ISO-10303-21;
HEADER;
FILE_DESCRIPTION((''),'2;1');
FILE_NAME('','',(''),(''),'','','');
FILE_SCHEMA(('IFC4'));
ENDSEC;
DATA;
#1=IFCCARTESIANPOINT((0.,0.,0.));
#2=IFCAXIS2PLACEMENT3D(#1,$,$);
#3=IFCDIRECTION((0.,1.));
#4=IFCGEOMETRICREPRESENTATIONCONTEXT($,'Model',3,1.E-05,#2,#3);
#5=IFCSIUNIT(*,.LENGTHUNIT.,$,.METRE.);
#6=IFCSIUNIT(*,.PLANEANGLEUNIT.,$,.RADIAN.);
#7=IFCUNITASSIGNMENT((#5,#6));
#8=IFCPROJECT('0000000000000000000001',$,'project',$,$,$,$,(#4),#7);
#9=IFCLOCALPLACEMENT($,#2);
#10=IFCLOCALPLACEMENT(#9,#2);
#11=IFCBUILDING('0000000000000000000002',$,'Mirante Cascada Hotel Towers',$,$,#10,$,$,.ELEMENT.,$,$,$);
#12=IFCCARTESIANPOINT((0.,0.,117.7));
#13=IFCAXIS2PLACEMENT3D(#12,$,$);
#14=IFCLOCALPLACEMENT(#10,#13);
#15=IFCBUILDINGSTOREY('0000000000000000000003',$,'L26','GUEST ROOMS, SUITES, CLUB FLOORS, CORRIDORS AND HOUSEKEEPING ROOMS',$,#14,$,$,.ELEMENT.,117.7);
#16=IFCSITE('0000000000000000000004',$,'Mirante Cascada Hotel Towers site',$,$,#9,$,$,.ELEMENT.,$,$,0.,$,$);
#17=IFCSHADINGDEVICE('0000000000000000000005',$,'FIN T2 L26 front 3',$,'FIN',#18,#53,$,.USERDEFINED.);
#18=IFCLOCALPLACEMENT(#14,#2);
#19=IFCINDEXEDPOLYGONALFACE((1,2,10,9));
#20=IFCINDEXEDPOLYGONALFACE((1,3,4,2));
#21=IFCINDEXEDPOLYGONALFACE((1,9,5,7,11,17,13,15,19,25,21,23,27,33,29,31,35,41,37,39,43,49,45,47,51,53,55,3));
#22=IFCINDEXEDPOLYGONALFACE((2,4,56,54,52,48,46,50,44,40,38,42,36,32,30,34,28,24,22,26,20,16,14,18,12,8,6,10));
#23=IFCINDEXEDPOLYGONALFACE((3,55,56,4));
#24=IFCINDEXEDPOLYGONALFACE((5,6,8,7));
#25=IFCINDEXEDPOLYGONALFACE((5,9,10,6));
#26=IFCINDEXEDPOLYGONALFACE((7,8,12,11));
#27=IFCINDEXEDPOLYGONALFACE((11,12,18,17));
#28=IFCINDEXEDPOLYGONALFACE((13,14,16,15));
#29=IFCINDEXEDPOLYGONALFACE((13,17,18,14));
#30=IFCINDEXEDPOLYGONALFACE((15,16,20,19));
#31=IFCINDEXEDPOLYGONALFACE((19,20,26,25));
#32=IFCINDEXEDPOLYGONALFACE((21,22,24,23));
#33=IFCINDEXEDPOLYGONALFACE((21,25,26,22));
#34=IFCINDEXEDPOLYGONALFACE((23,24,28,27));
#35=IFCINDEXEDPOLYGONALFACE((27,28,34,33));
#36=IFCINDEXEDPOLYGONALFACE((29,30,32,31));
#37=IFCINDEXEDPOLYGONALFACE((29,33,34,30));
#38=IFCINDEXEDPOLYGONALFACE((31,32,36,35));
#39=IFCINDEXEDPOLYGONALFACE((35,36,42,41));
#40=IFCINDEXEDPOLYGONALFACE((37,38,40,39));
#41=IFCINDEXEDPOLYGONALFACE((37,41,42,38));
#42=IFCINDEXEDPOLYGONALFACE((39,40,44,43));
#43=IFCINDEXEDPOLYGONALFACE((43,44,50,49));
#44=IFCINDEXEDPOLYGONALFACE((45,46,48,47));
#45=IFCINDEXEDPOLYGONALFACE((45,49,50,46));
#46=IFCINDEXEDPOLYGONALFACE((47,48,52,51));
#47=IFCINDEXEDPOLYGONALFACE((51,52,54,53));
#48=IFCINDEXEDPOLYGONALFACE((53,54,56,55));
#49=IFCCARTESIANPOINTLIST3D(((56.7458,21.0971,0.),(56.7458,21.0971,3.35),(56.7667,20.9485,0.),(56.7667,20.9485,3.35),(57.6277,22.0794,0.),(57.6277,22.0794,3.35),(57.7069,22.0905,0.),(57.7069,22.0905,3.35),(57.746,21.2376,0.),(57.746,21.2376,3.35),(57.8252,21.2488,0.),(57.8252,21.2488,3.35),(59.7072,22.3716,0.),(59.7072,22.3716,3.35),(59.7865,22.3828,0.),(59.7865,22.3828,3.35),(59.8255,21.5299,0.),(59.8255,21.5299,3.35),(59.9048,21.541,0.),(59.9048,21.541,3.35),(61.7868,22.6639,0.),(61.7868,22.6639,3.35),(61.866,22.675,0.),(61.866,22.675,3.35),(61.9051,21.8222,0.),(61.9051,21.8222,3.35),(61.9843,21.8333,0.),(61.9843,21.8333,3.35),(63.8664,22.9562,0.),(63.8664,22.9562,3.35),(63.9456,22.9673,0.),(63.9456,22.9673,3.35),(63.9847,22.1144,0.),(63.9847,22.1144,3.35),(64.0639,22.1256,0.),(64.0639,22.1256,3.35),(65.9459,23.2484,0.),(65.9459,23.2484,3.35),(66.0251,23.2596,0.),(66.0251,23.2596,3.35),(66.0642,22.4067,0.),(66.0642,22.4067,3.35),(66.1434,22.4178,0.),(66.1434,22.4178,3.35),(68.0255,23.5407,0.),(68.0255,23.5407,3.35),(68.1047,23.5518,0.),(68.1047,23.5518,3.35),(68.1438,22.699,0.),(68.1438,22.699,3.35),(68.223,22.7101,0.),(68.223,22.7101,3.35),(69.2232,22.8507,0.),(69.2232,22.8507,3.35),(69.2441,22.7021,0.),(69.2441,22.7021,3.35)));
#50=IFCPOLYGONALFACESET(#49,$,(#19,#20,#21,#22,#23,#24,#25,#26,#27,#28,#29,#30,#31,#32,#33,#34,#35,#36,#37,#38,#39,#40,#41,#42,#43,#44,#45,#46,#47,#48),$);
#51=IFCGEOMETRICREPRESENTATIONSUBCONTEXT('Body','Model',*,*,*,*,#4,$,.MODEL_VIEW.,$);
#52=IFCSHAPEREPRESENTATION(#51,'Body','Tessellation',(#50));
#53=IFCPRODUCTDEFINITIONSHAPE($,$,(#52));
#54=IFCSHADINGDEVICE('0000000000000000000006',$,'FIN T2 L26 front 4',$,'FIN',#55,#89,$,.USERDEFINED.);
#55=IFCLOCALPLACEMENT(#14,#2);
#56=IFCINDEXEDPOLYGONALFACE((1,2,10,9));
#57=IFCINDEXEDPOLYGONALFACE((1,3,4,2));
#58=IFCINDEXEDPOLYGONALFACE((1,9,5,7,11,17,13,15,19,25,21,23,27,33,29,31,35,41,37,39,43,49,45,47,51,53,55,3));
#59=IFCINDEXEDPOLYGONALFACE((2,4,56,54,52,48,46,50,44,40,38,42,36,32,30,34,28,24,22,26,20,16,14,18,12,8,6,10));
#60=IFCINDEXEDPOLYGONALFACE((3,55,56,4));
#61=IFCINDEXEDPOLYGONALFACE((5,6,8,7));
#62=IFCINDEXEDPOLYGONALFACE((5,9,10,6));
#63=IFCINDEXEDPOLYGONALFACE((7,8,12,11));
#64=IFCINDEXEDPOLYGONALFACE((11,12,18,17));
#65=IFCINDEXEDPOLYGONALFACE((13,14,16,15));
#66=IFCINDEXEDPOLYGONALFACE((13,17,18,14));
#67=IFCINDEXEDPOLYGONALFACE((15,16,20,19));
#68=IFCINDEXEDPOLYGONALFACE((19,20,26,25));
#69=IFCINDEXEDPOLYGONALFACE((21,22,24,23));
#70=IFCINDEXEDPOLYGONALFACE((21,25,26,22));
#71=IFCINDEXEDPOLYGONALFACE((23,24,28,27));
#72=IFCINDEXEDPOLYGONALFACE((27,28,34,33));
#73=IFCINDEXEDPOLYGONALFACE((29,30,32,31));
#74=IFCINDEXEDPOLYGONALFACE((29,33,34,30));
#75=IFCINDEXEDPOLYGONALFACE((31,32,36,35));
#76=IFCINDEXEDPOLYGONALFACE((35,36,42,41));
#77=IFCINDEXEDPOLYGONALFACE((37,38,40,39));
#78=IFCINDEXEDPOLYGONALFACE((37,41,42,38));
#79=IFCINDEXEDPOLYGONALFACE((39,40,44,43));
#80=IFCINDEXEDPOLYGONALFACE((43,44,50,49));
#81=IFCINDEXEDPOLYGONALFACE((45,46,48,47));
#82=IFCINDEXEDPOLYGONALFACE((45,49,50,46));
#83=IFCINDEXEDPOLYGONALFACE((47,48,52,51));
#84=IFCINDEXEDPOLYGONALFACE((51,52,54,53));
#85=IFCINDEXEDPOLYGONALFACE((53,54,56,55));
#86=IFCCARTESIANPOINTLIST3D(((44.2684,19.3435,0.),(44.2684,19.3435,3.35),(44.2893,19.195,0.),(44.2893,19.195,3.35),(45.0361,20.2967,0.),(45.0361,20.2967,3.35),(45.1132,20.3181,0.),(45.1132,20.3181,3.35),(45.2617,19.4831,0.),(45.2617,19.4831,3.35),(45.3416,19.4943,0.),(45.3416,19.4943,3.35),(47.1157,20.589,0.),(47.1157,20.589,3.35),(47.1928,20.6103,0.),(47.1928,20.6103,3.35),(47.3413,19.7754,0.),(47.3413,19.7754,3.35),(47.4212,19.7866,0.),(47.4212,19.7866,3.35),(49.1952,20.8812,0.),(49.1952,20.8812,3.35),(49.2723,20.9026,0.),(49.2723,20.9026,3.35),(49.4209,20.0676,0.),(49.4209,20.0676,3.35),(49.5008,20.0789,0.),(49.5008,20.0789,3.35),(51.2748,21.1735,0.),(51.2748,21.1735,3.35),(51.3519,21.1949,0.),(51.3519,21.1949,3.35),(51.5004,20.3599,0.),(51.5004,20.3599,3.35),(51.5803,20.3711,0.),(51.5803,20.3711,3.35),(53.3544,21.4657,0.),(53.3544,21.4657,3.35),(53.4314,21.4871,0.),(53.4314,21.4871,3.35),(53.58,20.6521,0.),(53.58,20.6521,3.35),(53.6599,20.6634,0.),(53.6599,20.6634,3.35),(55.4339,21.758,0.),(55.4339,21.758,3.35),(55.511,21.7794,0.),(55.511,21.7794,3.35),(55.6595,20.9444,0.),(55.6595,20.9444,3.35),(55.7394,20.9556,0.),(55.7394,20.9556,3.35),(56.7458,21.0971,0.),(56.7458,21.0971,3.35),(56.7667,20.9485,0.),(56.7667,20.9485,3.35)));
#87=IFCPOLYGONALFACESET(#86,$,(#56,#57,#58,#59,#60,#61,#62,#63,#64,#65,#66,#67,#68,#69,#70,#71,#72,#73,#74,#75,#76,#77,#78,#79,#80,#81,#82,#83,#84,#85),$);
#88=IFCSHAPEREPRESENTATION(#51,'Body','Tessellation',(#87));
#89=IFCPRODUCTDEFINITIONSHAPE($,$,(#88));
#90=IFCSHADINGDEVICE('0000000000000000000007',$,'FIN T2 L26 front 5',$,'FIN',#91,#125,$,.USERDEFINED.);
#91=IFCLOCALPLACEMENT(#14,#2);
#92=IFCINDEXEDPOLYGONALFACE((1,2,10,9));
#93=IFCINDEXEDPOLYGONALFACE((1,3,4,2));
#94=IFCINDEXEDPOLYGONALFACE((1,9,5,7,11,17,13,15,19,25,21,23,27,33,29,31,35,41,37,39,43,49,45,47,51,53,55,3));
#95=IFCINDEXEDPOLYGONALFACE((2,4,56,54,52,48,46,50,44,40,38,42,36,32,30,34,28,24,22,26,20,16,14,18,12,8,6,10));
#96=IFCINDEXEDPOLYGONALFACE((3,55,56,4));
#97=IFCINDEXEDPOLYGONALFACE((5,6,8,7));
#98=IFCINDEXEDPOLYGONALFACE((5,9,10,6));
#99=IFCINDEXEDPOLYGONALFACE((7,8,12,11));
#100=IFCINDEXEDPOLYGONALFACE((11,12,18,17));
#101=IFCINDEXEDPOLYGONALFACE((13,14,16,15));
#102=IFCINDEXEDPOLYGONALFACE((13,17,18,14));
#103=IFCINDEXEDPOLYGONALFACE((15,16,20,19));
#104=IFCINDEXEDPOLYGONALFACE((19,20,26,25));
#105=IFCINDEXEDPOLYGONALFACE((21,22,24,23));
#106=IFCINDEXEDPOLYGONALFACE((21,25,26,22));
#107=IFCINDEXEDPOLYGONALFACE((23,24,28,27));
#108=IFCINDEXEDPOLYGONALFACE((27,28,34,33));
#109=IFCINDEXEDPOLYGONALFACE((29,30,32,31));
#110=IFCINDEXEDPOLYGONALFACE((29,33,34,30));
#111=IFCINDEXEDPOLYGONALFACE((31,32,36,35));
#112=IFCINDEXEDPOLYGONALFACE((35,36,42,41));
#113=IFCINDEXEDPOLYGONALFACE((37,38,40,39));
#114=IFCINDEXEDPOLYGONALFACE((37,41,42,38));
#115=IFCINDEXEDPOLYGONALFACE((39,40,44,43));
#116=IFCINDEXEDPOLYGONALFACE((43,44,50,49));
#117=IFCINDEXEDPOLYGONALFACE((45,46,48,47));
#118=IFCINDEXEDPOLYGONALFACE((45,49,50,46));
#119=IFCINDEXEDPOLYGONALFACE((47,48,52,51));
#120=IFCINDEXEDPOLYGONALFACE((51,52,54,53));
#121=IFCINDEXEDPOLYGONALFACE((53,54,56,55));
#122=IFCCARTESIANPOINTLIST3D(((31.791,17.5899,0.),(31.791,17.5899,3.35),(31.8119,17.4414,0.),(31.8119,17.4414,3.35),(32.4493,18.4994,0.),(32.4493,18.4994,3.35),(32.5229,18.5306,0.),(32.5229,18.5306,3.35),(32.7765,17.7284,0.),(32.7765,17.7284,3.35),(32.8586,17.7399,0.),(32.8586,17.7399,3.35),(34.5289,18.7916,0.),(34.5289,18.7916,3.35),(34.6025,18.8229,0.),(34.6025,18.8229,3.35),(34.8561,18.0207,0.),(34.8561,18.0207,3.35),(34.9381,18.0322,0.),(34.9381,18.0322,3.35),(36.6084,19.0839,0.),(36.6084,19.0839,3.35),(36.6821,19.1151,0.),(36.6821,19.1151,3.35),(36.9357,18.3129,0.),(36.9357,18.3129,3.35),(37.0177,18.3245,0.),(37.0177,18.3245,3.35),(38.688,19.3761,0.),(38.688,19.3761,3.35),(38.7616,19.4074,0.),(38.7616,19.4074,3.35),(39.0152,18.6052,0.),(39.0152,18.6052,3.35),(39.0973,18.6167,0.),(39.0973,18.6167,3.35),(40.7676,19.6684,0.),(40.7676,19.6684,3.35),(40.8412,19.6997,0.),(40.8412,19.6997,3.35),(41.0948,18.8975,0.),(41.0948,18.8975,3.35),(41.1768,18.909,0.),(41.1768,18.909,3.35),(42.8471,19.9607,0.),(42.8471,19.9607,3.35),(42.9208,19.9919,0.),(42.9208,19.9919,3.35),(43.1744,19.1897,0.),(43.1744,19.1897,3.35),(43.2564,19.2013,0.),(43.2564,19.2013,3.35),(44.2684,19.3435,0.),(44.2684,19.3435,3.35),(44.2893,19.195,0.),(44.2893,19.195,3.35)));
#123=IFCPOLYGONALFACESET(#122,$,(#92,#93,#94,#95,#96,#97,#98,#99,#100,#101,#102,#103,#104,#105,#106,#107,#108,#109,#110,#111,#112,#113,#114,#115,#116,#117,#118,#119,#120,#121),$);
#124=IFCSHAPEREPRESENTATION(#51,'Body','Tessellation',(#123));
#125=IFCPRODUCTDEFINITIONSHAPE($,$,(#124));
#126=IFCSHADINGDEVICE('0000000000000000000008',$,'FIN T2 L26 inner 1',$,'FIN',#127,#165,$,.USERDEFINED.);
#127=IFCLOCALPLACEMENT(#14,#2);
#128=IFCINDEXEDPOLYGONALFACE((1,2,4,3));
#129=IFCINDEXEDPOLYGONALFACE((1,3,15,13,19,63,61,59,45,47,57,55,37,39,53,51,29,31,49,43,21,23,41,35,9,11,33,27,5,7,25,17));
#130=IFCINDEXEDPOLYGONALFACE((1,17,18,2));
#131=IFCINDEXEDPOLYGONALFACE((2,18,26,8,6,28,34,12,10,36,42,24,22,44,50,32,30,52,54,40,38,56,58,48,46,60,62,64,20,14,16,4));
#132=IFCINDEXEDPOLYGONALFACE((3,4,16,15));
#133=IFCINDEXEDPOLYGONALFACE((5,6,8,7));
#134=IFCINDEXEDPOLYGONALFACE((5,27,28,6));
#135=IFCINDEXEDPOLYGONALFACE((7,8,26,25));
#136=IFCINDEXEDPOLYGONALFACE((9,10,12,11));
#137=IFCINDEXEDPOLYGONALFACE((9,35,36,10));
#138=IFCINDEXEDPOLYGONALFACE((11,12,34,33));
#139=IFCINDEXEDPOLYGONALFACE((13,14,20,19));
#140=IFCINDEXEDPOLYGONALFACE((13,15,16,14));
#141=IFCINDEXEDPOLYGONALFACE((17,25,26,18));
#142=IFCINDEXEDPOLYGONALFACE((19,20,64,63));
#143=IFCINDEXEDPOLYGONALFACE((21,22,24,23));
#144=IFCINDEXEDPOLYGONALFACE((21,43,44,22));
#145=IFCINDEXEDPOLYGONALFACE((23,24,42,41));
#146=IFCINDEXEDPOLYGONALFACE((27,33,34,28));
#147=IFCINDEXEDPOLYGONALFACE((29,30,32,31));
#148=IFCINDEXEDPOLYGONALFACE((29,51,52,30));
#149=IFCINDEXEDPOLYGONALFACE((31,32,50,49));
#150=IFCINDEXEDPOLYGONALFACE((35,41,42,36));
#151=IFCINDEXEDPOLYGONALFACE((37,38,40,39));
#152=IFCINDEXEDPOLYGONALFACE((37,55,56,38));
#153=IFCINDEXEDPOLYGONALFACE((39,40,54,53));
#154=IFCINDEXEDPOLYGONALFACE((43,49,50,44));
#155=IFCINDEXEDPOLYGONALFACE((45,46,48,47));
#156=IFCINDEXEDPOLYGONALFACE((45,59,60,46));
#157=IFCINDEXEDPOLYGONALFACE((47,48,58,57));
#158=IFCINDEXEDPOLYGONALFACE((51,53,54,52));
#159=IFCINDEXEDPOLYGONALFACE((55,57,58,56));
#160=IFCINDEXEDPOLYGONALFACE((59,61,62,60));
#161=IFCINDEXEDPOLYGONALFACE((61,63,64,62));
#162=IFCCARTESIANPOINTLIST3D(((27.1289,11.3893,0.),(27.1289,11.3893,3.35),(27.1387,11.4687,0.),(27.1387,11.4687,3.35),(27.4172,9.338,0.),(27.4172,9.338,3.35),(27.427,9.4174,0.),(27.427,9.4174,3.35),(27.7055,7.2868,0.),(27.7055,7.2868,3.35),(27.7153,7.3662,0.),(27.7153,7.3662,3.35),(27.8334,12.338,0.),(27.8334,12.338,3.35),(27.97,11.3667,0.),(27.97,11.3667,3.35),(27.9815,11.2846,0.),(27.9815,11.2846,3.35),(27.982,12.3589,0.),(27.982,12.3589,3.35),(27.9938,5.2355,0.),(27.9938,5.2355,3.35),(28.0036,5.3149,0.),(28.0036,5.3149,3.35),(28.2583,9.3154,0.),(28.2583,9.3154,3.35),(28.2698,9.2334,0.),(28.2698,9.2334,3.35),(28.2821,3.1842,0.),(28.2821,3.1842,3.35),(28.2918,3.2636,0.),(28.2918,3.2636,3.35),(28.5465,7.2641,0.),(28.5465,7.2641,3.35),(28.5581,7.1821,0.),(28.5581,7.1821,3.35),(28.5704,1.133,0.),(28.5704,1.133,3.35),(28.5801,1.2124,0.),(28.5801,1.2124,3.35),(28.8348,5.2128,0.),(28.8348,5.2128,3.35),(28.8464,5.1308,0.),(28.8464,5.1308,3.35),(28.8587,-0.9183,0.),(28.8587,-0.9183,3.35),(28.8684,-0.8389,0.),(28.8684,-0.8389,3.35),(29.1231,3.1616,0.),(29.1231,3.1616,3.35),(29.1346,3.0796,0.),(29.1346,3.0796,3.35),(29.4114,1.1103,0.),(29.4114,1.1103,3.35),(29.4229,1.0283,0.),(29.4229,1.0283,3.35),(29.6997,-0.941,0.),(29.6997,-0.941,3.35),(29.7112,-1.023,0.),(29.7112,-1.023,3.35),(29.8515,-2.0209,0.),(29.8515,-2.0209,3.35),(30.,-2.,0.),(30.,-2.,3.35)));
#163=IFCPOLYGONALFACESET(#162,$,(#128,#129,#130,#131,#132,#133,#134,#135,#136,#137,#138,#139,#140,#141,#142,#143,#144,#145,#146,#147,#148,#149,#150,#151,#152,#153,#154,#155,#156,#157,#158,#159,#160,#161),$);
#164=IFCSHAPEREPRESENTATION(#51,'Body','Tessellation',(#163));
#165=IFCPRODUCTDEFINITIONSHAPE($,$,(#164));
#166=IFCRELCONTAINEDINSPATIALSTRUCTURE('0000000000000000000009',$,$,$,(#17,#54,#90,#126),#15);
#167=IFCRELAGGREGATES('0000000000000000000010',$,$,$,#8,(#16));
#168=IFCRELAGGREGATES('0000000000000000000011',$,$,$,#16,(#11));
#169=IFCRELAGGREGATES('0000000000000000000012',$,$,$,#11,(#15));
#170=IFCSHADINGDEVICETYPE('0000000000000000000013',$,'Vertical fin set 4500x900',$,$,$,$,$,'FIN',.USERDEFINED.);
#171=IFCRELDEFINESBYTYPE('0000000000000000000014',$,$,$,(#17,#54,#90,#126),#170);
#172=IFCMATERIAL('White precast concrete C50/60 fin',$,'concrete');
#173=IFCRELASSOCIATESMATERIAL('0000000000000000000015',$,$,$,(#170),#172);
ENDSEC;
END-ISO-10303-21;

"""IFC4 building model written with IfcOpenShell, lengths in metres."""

from ifc_helpers import new_model, si_unit, direction, frame, origin, place, context, subcontext, project, spatial, polyline, outline, extrude, material, type_object, element, save


model = new_model("IFC4")

# Units and contexts
model_context = context("Model", 3, precision=1e-05, world=origin(), true_north=direction((0.0, 1.0)))
body_context = subcontext(model_context, "Body", "Model", "MODEL_VIEW")
ifc_project = project(units=[si_unit("LENGTHUNIT", "METRE"), si_unit("PLANEANGLEUNIT", "RADIAN")], contexts=[model_context])

# Site, building, storey
site_placement = place(None, origin())
site = spatial("IfcSite", under=ifc_project, at=site_placement, Name="Mirante Cascada Hotel Towers site", CompositionType="ELEMENT", RefElevation=0.0)
building_placement = place(site_placement, origin())
building = spatial("IfcBuilding", under=site, at=building_placement, Name="Mirante Cascada Hotel Towers", CompositionType="ELEMENT")
storey_placement = place(building_placement, frame((0.0, 0.0, 117.7)))
storey = spatial("IfcBuildingStorey", under=building, at=storey_placement, Name="L26", Description="GUEST ROOMS, SUITES, CLUB FLOORS, CORRIDORS AND HOUSEKEEPING ROOMS", CompositionType="ELEMENT", Elevation=117.7)

# Shading devices
ifc_material_1 = material(Name="White precast concrete C50/60 fin", Category="concrete")
shading_device_type = type_object("IfcShadingDeviceType", Name="Vertical fin set 4500x900", ElementType="FIN", PredefinedType="USERDEFINED", material=ifc_material_1)
shading_device_1_placement = place(storey_placement, origin())
element("IfcShadingDevice", 1, at=shading_device_1_placement, inside=storey, type_object=shading_device_type, Name="FIN T2 L26 front 3", ObjectType="FIN", PredefinedType="USERDEFINED", context=body_context, shape_type="SweptSolid", body=[
    extrude(outline(polyline([(57.7069, 22.0905), (57.8252, 21.2488), (59.8255, 21.5299), (59.7072, 22.3716), (59.7865, 22.3828), (59.9048, 21.541), (61.9051, 21.8222), (61.7868, 22.6639), (61.866, 22.675), (61.9843, 21.8333), (63.9847, 22.1144), (63.8664, 22.9562), (63.9456, 22.9673), (64.0639, 22.1256), (66.0642, 22.4067), (65.9459, 23.2484), (66.0251, 23.2596), (66.1434, 22.4178), (68.1438, 22.699), (68.0255, 23.5407), (68.1047, 23.5518), (68.223, 22.7101), (69.2232, 22.8507), (69.2441, 22.7021), (56.7667, 20.9485), (56.7458, 21.0971), (57.746, 21.2376), (57.6277, 22.0794), (57.7069, 22.0905)])), origin(), (0.0, 0.0, 1.0), 3.35),
])
shading_device_2_placement = place(storey_placement, origin())
element("IfcShadingDevice", 2, at=shading_device_2_placement, inside=storey, type_object=shading_device_type, Name="FIN T2 L26 front 4", ObjectType="FIN", PredefinedType="USERDEFINED", context=body_context, shape_type="SweptSolid", body=[
    extrude(outline(polyline([(45.1132, 20.3181), (45.3416, 19.4943), (47.3413, 19.7754), (47.1157, 20.589), (47.1928, 20.6103), (47.4212, 19.7866), (49.4209, 20.0676), (49.1952, 20.8812), (49.2723, 20.9026), (49.5008, 20.0789), (51.5004, 20.3599), (51.2748, 21.1735), (51.3519, 21.1949), (51.5803, 20.3711), (53.58, 20.6521), (53.3544, 21.4657), (53.4314, 21.4871), (53.6599, 20.6634), (55.6595, 20.9444), (55.4339, 21.758), (55.511, 21.7794), (55.7394, 20.9556), (56.7458, 21.0971), (56.7667, 20.9485), (44.2893, 19.195), (44.2684, 19.3435), (45.2617, 19.4831), (45.0361, 20.2967), (45.1132, 20.3181)])), origin(), (0.0, 0.0, 1.0), 3.35),
])
shading_device_3_placement = place(storey_placement, origin())
element("IfcShadingDevice", 3, at=shading_device_3_placement, inside=storey, type_object=shading_device_type, Name="FIN T2 L26 front 5", ObjectType="FIN", PredefinedType="USERDEFINED", context=body_context, shape_type="SweptSolid", body=[
    extrude(outline(polyline([(32.5229, 18.5306), (32.8586, 17.7399), (34.8561, 18.0207), (34.5289, 18.7916), (34.6025, 18.8229), (34.9381, 18.0322), (36.9357, 18.3129), (36.6084, 19.0839), (36.6821, 19.1151), (37.0177, 18.3245), (39.0152, 18.6052), (38.688, 19.3761), (38.7616, 19.4074), (39.0973, 18.6167), (41.0948, 18.8975), (40.7676, 19.6684), (40.8412, 19.6997), (41.1768, 18.909), (43.1744, 19.1897), (42.8471, 19.9607), (42.9208, 19.9919), (43.2564, 19.2013), (44.2684, 19.3435), (44.2893, 19.195), (31.8119, 17.4414), (31.791, 17.5899), (32.7765, 17.7284), (32.4493, 18.4994), (32.5229, 18.5306)])), origin(), (0.0, 0.0, 1.0), 3.35),
])
shading_device_4_placement = place(storey_placement, origin())
element("IfcShadingDevice", 4, at=shading_device_4_placement, inside=storey, type_object=shading_device_type, Name="FIN T2 L26 inner 1", ObjectType="FIN", PredefinedType="USERDEFINED", context=body_context, shape_type="SweptSolid", body=[
    extrude(outline(polyline([(28.8684, -0.8389), (29.6997, -0.941), (29.4229, 1.0283), (28.5704, 1.133), (28.5801, 1.2124), (29.4114, 1.1103), (29.1346, 3.0796), (28.2821, 3.1842), (28.2918, 3.2636), (29.1231, 3.1616), (28.8464, 5.1308), (27.9938, 5.2355), (28.0036, 5.3149), (28.8348, 5.2128), (28.5581, 7.1821), (27.7055, 7.2868), (27.7153, 7.3662), (28.5465, 7.2641), (28.2698, 9.2334), (27.4172, 9.338), (27.427, 9.4174), (28.2583, 9.3154), (27.9815, 11.2846), (27.1289, 11.3893), (27.1387, 11.4687), (27.97, 11.3667), (27.8334, 12.338), (27.982, 12.3589), (30.0, -2.0), (29.8515, -2.0209), (29.7112, -1.023), (28.8587, -0.9183), (28.8684, -0.8389)])), origin(), (0.0, 0.0, 1.0), 3.35),
])

save(model, "model.ifc")
